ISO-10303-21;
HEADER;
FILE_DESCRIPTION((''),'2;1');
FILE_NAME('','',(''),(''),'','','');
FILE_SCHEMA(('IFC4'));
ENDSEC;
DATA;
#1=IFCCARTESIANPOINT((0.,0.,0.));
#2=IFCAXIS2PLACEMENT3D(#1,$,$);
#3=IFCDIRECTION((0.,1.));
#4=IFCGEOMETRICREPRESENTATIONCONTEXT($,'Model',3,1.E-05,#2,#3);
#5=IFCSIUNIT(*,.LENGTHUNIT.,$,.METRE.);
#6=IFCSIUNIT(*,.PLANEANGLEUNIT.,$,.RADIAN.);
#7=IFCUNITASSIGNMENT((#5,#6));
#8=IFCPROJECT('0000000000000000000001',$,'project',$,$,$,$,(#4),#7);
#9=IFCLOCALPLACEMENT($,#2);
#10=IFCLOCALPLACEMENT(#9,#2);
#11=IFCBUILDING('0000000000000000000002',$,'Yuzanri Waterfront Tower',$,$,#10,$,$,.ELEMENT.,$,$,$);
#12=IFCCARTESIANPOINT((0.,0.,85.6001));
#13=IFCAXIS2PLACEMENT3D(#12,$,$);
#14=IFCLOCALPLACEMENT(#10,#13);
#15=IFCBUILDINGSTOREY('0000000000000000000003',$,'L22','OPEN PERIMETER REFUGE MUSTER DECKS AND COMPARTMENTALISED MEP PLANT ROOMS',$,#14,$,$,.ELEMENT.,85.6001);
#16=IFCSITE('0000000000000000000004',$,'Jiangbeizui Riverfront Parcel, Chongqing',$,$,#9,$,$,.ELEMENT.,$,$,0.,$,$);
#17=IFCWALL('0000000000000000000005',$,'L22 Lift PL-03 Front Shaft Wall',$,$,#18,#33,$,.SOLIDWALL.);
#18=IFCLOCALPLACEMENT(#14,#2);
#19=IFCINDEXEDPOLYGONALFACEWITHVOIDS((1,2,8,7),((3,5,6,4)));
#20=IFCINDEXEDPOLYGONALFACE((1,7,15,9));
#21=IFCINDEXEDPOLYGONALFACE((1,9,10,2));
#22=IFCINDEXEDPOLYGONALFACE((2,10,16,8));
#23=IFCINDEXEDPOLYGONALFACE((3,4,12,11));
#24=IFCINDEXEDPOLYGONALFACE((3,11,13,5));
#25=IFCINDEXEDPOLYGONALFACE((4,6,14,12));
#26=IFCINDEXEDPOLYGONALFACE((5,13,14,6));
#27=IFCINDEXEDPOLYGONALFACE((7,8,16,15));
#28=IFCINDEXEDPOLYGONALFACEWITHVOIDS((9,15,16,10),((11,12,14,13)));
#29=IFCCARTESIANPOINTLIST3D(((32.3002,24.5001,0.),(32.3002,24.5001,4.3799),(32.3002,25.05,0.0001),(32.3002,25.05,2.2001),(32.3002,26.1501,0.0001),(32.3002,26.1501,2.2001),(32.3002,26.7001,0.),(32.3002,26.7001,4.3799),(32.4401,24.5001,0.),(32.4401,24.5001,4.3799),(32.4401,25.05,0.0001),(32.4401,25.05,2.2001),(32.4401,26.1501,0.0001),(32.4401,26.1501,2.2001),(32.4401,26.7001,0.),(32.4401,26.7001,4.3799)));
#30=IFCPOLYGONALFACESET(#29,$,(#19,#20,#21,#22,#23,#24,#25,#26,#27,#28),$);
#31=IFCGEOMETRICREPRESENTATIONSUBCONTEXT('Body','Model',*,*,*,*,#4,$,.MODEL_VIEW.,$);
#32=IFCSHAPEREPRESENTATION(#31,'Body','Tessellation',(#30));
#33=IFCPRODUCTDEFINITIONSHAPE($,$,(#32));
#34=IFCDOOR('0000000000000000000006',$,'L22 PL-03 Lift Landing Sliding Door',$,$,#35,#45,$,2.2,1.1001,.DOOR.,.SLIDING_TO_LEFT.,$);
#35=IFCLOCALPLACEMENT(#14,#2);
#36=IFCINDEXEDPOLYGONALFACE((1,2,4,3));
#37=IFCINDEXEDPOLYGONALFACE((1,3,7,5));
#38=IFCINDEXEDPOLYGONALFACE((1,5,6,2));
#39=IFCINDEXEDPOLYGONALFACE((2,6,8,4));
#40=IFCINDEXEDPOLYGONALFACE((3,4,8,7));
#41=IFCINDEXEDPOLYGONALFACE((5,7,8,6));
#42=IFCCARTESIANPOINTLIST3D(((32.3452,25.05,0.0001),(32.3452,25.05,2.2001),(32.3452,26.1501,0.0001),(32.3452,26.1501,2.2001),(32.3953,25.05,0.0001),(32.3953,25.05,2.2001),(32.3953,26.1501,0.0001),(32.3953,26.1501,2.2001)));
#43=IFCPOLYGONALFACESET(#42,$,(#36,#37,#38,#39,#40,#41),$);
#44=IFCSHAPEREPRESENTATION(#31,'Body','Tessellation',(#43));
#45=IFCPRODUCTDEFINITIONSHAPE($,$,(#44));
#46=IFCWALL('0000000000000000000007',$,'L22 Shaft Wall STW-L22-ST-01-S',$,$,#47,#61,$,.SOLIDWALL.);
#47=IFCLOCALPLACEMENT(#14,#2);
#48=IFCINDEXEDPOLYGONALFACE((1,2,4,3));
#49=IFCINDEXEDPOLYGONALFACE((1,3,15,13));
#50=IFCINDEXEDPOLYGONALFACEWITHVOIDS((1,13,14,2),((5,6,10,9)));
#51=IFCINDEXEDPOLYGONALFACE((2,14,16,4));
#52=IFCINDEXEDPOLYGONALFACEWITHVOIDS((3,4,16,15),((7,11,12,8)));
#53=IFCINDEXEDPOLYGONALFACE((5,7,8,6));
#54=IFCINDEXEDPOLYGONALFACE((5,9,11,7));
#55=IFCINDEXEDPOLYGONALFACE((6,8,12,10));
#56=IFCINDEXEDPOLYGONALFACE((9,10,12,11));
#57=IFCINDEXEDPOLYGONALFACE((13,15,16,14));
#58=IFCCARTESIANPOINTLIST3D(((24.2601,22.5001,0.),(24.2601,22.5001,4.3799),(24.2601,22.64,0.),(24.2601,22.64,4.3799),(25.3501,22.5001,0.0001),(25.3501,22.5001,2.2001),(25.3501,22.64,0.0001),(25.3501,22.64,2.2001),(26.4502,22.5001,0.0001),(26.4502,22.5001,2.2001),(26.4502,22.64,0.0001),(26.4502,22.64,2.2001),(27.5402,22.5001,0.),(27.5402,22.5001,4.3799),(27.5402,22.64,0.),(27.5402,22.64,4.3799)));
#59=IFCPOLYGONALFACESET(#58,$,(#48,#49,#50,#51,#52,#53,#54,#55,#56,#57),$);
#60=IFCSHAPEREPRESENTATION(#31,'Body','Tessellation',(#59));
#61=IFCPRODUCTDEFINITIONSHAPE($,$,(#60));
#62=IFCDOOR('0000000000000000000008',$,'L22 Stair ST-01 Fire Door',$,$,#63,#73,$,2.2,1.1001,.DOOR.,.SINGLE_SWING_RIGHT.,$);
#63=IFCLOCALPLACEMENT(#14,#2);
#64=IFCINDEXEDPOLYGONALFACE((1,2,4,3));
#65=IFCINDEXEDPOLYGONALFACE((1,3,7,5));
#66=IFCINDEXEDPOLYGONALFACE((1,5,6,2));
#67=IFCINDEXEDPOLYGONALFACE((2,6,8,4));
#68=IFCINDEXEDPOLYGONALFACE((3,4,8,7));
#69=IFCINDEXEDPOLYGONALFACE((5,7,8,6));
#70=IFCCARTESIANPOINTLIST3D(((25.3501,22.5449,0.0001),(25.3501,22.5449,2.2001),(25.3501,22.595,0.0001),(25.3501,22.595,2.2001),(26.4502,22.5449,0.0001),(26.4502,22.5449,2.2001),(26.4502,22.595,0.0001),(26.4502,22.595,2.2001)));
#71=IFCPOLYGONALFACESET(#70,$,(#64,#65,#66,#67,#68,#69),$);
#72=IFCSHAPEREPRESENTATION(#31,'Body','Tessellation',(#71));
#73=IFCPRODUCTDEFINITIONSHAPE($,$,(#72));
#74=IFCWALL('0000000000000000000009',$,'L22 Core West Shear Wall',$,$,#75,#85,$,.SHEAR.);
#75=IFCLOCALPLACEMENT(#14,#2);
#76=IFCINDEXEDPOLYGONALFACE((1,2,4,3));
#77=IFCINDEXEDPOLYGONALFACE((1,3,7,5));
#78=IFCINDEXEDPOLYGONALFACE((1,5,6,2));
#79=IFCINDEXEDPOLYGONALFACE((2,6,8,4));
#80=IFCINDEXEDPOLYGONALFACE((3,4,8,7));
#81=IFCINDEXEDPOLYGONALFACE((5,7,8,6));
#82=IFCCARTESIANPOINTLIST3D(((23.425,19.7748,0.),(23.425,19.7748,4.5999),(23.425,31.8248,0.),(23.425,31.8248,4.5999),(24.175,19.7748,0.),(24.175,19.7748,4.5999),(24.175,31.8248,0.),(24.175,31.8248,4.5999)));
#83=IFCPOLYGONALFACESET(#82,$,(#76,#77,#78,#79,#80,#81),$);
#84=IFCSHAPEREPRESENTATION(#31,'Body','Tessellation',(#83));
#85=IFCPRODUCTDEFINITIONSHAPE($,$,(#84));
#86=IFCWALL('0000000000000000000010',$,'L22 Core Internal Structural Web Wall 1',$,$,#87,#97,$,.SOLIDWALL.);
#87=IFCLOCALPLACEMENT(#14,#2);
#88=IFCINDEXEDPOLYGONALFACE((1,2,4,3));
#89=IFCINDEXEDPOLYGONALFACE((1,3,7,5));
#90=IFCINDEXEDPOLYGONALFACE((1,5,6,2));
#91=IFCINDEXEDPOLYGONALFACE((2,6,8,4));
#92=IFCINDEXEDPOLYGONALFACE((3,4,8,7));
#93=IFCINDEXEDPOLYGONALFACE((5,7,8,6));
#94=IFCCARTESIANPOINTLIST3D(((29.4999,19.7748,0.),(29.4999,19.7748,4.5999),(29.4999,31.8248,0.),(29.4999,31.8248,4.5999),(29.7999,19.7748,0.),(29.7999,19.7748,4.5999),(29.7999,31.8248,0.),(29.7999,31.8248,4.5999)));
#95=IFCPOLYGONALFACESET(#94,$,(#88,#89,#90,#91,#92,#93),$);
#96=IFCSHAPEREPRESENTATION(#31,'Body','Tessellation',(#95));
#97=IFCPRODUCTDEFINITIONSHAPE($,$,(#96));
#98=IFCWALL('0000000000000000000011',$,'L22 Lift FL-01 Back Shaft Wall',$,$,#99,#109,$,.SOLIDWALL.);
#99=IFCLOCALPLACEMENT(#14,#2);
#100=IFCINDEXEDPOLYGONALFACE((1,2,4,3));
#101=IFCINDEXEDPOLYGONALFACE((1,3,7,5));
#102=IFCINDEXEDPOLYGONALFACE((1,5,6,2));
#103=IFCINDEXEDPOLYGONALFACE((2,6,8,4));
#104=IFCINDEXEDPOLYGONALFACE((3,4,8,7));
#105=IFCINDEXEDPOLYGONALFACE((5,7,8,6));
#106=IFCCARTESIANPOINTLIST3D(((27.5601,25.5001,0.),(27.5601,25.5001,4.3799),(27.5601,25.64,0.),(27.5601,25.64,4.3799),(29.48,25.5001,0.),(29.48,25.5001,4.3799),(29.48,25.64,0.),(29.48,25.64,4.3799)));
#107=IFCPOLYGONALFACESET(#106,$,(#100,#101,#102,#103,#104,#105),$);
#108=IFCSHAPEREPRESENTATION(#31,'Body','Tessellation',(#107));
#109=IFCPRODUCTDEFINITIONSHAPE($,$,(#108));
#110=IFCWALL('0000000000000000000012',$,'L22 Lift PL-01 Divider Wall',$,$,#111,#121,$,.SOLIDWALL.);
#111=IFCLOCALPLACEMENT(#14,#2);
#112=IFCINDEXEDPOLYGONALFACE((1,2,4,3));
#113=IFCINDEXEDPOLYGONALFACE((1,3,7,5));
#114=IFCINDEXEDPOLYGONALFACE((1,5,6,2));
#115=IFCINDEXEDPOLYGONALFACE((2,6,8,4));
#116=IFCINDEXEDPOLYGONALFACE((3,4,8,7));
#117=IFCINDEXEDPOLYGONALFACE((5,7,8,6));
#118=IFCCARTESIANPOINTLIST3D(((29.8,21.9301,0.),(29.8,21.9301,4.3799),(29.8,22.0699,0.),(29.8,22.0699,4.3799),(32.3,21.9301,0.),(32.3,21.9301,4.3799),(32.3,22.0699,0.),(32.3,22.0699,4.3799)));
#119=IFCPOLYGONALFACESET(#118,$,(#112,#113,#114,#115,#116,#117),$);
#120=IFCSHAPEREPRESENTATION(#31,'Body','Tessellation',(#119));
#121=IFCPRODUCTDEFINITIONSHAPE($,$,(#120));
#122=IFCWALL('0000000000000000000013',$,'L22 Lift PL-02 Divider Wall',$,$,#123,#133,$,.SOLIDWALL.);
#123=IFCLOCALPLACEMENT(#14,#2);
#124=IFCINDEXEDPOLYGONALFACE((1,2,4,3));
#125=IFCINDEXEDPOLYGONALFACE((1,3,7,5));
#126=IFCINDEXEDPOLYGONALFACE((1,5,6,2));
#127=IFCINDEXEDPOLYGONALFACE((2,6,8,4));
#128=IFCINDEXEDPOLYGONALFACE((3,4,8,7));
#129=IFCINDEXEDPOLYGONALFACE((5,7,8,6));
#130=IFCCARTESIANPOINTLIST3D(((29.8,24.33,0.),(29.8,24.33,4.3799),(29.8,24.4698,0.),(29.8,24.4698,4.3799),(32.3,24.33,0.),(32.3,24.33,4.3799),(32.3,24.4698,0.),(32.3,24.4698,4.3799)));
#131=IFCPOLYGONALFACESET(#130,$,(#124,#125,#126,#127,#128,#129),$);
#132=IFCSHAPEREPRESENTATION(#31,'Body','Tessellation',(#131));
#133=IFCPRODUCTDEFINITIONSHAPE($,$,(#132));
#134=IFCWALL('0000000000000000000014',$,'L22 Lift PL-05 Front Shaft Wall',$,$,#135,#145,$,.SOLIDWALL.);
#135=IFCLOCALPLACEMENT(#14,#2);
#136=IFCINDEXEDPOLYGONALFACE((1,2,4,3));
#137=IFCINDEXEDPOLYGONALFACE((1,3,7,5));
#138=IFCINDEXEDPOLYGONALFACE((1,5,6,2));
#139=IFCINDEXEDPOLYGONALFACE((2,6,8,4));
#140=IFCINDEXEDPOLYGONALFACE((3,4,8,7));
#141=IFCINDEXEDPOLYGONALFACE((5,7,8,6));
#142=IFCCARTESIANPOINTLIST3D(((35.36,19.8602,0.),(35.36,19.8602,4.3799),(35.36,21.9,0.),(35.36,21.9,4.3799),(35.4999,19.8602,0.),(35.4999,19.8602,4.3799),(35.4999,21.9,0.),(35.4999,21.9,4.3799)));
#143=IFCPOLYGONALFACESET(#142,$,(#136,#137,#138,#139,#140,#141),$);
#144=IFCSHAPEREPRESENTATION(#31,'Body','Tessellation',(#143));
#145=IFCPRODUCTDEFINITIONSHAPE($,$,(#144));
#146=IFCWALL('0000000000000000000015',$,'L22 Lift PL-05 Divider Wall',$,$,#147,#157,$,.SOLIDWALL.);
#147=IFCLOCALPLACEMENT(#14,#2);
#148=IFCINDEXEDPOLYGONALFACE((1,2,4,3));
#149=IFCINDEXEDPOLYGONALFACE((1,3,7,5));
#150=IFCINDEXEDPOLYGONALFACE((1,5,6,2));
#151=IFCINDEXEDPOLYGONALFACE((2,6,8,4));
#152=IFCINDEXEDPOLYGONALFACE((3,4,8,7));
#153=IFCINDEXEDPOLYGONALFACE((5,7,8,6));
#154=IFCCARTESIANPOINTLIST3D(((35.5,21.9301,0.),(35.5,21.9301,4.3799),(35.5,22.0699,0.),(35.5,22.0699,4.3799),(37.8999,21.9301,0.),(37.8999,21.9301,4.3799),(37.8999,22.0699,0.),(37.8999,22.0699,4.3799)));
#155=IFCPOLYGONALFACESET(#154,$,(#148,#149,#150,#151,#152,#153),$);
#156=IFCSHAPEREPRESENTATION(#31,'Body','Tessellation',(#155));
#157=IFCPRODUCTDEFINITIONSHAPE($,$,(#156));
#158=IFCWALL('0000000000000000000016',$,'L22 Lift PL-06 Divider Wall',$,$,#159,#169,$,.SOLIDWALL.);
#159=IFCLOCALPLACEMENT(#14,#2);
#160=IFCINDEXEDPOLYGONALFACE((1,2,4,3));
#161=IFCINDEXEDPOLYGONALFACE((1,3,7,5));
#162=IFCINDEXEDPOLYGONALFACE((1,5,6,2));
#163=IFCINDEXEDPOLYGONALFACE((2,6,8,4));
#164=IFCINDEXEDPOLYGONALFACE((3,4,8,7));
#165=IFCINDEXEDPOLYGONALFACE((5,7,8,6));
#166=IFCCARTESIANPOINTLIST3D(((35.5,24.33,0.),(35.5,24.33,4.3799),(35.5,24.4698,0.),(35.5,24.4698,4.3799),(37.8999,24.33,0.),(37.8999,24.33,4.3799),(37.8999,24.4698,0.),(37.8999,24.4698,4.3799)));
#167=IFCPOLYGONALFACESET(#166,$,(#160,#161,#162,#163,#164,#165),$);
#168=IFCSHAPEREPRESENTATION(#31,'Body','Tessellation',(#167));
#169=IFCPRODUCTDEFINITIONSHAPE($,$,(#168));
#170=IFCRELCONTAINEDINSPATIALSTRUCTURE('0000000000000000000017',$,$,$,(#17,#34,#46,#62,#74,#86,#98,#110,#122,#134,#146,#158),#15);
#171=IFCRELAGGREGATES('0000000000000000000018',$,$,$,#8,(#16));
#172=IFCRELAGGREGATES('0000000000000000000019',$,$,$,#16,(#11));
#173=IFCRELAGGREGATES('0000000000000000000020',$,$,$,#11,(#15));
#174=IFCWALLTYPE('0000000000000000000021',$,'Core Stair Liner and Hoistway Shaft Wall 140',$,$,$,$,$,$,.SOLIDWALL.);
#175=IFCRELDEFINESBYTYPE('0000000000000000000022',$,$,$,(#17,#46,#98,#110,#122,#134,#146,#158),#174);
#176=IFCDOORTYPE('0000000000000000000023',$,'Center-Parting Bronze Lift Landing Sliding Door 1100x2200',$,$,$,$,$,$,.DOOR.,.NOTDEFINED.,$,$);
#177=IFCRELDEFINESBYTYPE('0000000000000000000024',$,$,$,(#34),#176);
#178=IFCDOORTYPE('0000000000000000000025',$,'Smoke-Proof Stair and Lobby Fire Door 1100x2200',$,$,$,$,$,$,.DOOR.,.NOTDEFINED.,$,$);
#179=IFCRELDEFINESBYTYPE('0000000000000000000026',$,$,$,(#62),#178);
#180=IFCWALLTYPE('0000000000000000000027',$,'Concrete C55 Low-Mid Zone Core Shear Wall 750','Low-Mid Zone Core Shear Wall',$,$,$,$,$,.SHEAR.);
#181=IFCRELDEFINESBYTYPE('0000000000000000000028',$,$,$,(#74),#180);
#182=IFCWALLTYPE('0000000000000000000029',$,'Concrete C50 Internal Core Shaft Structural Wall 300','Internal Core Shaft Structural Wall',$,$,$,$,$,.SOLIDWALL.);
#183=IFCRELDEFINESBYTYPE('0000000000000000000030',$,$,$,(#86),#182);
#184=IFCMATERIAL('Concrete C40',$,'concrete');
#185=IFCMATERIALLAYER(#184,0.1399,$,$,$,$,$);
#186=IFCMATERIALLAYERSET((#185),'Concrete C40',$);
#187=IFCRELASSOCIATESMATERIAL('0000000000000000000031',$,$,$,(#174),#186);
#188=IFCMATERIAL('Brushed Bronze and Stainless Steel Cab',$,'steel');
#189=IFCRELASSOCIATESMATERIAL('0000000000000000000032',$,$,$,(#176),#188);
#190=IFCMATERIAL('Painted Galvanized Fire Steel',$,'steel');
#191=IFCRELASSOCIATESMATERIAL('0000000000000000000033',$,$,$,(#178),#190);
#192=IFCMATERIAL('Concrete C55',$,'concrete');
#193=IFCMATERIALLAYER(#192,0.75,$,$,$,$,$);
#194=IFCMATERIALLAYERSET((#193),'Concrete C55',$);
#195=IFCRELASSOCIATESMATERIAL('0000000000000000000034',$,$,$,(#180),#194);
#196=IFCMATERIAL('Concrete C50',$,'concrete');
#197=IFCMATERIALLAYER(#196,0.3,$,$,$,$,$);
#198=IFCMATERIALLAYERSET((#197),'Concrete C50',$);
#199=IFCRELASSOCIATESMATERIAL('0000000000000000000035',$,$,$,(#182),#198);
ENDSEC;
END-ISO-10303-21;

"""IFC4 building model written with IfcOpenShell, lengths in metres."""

from ifc_helpers import new_model, si_unit, direction, frame, frame_2d, origin, place, context, subcontext, project, spatial, rectangle, extrude, source, transform, mapped, material, layer, layer_set, type_object, element, fill, save


model = new_model("IFC4")

# Units and contexts
model_context = context("Model", 3, precision=1e-05, world=origin(), true_north=direction((0.0, 1.0)))
body_context = subcontext(model_context, "Body", "Model", "MODEL_VIEW")
ifc_project = project(units=[si_unit("LENGTHUNIT", "METRE"), si_unit("PLANEANGLEUNIT", "RADIAN")], contexts=[model_context])

# Site, building, storey
site_placement = place(None, origin())
site = spatial("IfcSite", under=ifc_project, at=site_placement, Name="Jiangbeizui Riverfront Parcel, Chongqing", CompositionType="ELEMENT", RefElevation=0.0)
building_placement = place(site_placement, origin())
building = spatial("IfcBuilding", under=site, at=building_placement, Name="Yuzanri Waterfront Tower", CompositionType="ELEMENT")
storey_placement = place(building_placement, frame((0.0, 0.0, 85.6001)))
storey = spatial("IfcBuildingStorey", under=building, at=storey_placement, Name="L22", Description="OPEN PERIMETER REFUGE MUSTER DECKS AND COMPARTMENTALISED MEP PLANT ROOMS", CompositionType="ELEMENT", Elevation=85.6001)

# Walls, openings, doors
ifc_material_1 = material(Name="Concrete C40", Category="concrete")
ifc_layer_1 = layer(ifc_material_1, 0.1399)
ifc_layer_set_1 = layer_set([ifc_layer_1], Name="Concrete C40")
wall_type_1 = type_object("IfcWallType", Name="Core Stair Liner and Hoistway Shaft Wall 140", PredefinedType="SOLIDWALL", material=ifc_layer_set_1)
ifc_material_2 = material(Name="Brushed Bronze and Stainless Steel Cab", Category="steel")
door_type_1 = type_object("IfcDoorType", Name="Center-Parting Bronze Lift Landing Sliding Door 1100x2200", OperationType="NOTDEFINED", PredefinedType="DOOR", material=ifc_material_2)
shared_shape_1 = source(origin(), body_context, "Body", "SweptSolid", [
    extrude(rectangle(XDim=1.1001, YDim=2.2, at=frame_2d((0.55, 1.1001))), frame((0.0, 0.0249, 0.0), z_axis=(0.0, -1.0, 0.0), x_axis=(1.0, 0.0, 0.0)), (0.0, 0.0, 1.0), 0.05),
])
wall_1_placement = place(storey_placement, frame((32.3701, 24.5, 0.0), z_axis=(0.0, 0.0, 1.0), x_axis=(0.0, 1.0, 0.0)))
wall_1 = element("IfcWall", 1, at=wall_1_placement, inside=storey, type_object=wall_type_1, Name="L22 Lift PL-03 Front Shaft Wall", PredefinedType="SOLIDWALL", context=body_context, shape_type="SweptSolid", body=[
    extrude(rectangle(XDim=2.2, YDim=0.1399, at=frame_2d((1.1001, 0.0))), origin(), (0.0, 0.0, 1.0), 4.3799),
])
opening_1_placement = place(wall_1_placement, frame((0.55, 0.0, 0.0)))
opening_1 = element("IfcOpeningElement", 2, at=opening_1_placement, cuts=wall_1, PredefinedType="OPENING", context=body_context, shape_type="SweptSolid", body=[
    extrude(rectangle(XDim=1.1001, YDim=2.2, at=frame_2d((0.55, 1.1001))), frame((0.0, 0.085, 0.0), z_axis=(0.0, -1.0, 0.0), x_axis=(1.0, 0.0, 0.0)), (0.0, 0.0, 1.0), 0.1697),
])
door_1_placement = place(opening_1_placement, origin())
door_1 = element("IfcDoor", 3, at=door_1_placement, inside=storey, type_object=door_type_1, Name="L22 PL-03 Lift Landing Sliding Door", OperationType="SLIDING_TO_LEFT", OverallHeight=2.2, OverallWidth=1.1001, PredefinedType="DOOR", context=body_context, shape_type="MappedRepresentation", body=[
    mapped(shared_shape_1, transform((0.0, 0.0, 0.0), scale=1.0)),
])
fill(opening_1, door_1)
wall_2_placement = place(storey_placement, frame((24.26, 22.5701, 0.0), z_axis=(0.0, 0.0, 1.0), x_axis=(1.0, 0.0, 0.0)))
wall_2 = element("IfcWall", 4, at=wall_2_placement, inside=storey, type_object=wall_type_1, Name="L22 Shaft Wall STW-L22-ST-01-S", PredefinedType="SOLIDWALL", context=body_context, shape_type="SweptSolid", body=[
    extrude(rectangle(XDim=3.28, YDim=0.1399, at=frame_2d((1.6401, 0.0))), origin(), (0.0, 0.0, 1.0), 4.3799),
])
opening_2_placement = place(wall_2_placement, frame((1.0901, 0.0, 0.0)))
opening_2 = element("IfcOpeningElement", 5, at=opening_2_placement, cuts=wall_2, PredefinedType="OPENING", context=body_context, shape_type="SweptSolid", body=[
    extrude(rectangle(XDim=1.1001, YDim=2.2, at=frame_2d((0.55, 1.1001))), frame((0.0, 0.085, 0.0), z_axis=(0.0, -1.0, 0.0), x_axis=(1.0, 0.0, 0.0)), (0.0, 0.0, 1.0), 0.1697),
])
ifc_material_3 = material(Name="Painted Galvanized Fire Steel", Category="steel")
door_type_2 = type_object("IfcDoorType", Name="Smoke-Proof Stair and Lobby Fire Door 1100x2200", OperationType="NOTDEFINED", PredefinedType="DOOR", material=ifc_material_3)
shared_shape_2 = source(origin(), body_context, "Body", "SweptSolid", [
    extrude(rectangle(XDim=1.1001, YDim=2.2, at=frame_2d((0.55, 1.1001))), frame((0.0, 0.0249, 0.0), z_axis=(0.0, -1.0, 0.0), x_axis=(1.0, 0.0, 0.0)), (0.0, 0.0, 1.0), 0.05),
])
door_2_placement = place(opening_2_placement, origin())
door_2 = element("IfcDoor", 6, at=door_2_placement, inside=storey, type_object=door_type_2, Name="L22 Stair ST-01 Fire Door", OperationType="SINGLE_SWING_RIGHT", OverallHeight=2.2, OverallWidth=1.1001, PredefinedType="DOOR", context=body_context, shape_type="MappedRepresentation", body=[
    mapped(shared_shape_2, transform((0.0, 0.0, 0.0), scale=1.0)),
])
fill(opening_2, door_2)

# Walls
ifc_material_4 = material(Name="Concrete C55", Category="concrete")
ifc_layer_2 = layer(ifc_material_4, 0.75)
ifc_layer_set_2 = layer_set([ifc_layer_2], Name="Concrete C55")
wall_type_2 = type_object("IfcWallType", Name="Concrete C55 Low-Mid Zone Core Shear Wall 750", Description="Low-Mid Zone Core Shear Wall", PredefinedType="SHEAR", material=ifc_layer_set_2)
shared_shape_3 = source(origin(), body_context, "Body", "SweptSolid", [
    extrude(rectangle(XDim=12.05, YDim=0.75, at=frame_2d((6.0249, 0.0))), origin(), (0.0, 0.0, 1.0), 4.5999),
])
wall_3_placement = place(storey_placement, frame((23.8, 19.7749, 0.0), z_axis=(0.0, 0.0, 1.0), x_axis=(0.0, 1.0, 0.0)))
element("IfcWall", 7, at=wall_3_placement, inside=storey, type_object=wall_type_2, Name="L22 Core West Shear Wall", PredefinedType="SHEAR", context=body_context, shape_type="MappedRepresentation", body=[
    mapped(shared_shape_3, transform((0.0, 0.0, 0.0), scale=1.0)),
])
ifc_material_5 = material(Name="Concrete C50", Category="concrete")
ifc_layer_3 = layer(ifc_material_5, 0.3)
ifc_layer_set_3 = layer_set([ifc_layer_3], Name="Concrete C50")
wall_type_3 = type_object("IfcWallType", Name="Concrete C50 Internal Core Shaft Structural Wall 300", Description="Internal Core Shaft Structural Wall", PredefinedType="SOLIDWALL", material=ifc_layer_set_3)
shared_shape_4 = source(origin(), body_context, "Body", "SweptSolid", [
    extrude(rectangle(XDim=12.05, YDim=0.3, at=frame_2d((6.0249, 0.0))), origin(), (0.0, 0.0, 1.0), 4.5999),
])
wall_4_placement = place(storey_placement, frame((29.6499, 19.7749, 0.0), z_axis=(0.0, 0.0, 1.0), x_axis=(0.0, 1.0, 0.0)))
element("IfcWall", 8, at=wall_4_placement, inside=storey, type_object=wall_type_3, Name="L22 Core Internal Structural Web Wall 1", PredefinedType="SOLIDWALL", context=body_context, shape_type="MappedRepresentation", body=[
    mapped(shared_shape_4, transform((0.0, 0.0, 0.0), scale=1.0)),
])
shared_shape_5 = source(origin(), body_context, "Body", "SweptSolid", [
    extrude(rectangle(XDim=1.9199, YDim=0.1399, at=frame_2d((0.96, 0.0))), origin(), (0.0, 0.0, 1.0), 4.3799),
])
wall_5_placement = place(storey_placement, frame((27.5601, 25.5701, 0.0), z_axis=(0.0, 0.0, 1.0), x_axis=(1.0, 0.0, 0.0)))
element("IfcWall", 9, at=wall_5_placement, inside=storey, type_object=wall_type_1, Name="L22 Lift FL-01 Back Shaft Wall", PredefinedType="SOLIDWALL", context=body_context, shape_type="MappedRepresentation", body=[
    mapped(shared_shape_5, transform((0.0, 0.0, 0.0), scale=1.0)),
])
shared_shape_6 = source(origin(), body_context, "Body", "SweptSolid", [
    extrude(rectangle(XDim=2.5, YDim=0.1399, at=frame_2d((1.25, 0.0))), origin(), (0.0, 0.0, 1.0), 4.3799),
])
for number, where, z_axis, x_axis, name in (
    (10, (29.8, 22.0, 0.0), (0.0, 0.0, 1.0), (1.0, 0.0, 0.0), "L22 Lift PL-01 Divider Wall"),
    (11, (29.8, 24.3999, 0.0), (0.0, 0.0, 1.0), (1.0, 0.0, 0.0), "L22 Lift PL-02 Divider Wall"),
):
    element("IfcWall", number, at=place(storey_placement, frame(where, z_axis=z_axis, x_axis=x_axis)), inside=storey, type_object=wall_type_1, Name=name, PredefinedType="SOLIDWALL", context=body_context, shape_type="MappedRepresentation", body=[
        mapped(shared_shape_6, transform((0.0, 0.0, 0.0), scale=1.0)),
    ])
shared_shape_7 = source(origin(), body_context, "Body", "SweptSolid", [
    extrude(rectangle(XDim=2.0398, YDim=0.1399, at=frame_2d((1.02, 0.0))), origin(), (0.0, 0.0, 1.0), 4.3799),
])
wall_6_placement = place(storey_placement, frame((35.4299, 19.8601, 0.0), z_axis=(0.0, 0.0, 1.0), x_axis=(0.0, 1.0, 0.0)))
element("IfcWall", 12, at=wall_6_placement, inside=storey, type_object=wall_type_1, Name="L22 Lift PL-05 Front Shaft Wall", PredefinedType="SOLIDWALL", context=body_context, shape_type="MappedRepresentation", body=[
    mapped(shared_shape_7, transform((0.0, 0.0, 0.0), scale=1.0)),
])
shared_shape_8 = source(origin(), body_context, "Body", "SweptSolid", [
    extrude(rectangle(XDim=2.3999, YDim=0.1399, at=frame_2d((1.2, 0.0))), origin(), (0.0, 0.0, 1.0), 4.3799),
])
for number, where, z_axis, x_axis, name in (
    (13, (35.5, 22.0, 0.0), (0.0, 0.0, 1.0), (1.0, 0.0, 0.0), "L22 Lift PL-05 Divider Wall"),
    (14, (35.5, 24.3999, 0.0), (0.0, 0.0, 1.0), (1.0, 0.0, 0.0), "L22 Lift PL-06 Divider Wall"),
):
    element("IfcWall", number, at=place(storey_placement, frame(where, z_axis=z_axis, x_axis=x_axis)), inside=storey, type_object=wall_type_1, Name=name, PredefinedType="SOLIDWALL", context=body_context, shape_type="MappedRepresentation", body=[
        mapped(shared_shape_8, transform((0.0, 0.0, 0.0), scale=1.0)),
    ])

save(model, "model.ifc")
